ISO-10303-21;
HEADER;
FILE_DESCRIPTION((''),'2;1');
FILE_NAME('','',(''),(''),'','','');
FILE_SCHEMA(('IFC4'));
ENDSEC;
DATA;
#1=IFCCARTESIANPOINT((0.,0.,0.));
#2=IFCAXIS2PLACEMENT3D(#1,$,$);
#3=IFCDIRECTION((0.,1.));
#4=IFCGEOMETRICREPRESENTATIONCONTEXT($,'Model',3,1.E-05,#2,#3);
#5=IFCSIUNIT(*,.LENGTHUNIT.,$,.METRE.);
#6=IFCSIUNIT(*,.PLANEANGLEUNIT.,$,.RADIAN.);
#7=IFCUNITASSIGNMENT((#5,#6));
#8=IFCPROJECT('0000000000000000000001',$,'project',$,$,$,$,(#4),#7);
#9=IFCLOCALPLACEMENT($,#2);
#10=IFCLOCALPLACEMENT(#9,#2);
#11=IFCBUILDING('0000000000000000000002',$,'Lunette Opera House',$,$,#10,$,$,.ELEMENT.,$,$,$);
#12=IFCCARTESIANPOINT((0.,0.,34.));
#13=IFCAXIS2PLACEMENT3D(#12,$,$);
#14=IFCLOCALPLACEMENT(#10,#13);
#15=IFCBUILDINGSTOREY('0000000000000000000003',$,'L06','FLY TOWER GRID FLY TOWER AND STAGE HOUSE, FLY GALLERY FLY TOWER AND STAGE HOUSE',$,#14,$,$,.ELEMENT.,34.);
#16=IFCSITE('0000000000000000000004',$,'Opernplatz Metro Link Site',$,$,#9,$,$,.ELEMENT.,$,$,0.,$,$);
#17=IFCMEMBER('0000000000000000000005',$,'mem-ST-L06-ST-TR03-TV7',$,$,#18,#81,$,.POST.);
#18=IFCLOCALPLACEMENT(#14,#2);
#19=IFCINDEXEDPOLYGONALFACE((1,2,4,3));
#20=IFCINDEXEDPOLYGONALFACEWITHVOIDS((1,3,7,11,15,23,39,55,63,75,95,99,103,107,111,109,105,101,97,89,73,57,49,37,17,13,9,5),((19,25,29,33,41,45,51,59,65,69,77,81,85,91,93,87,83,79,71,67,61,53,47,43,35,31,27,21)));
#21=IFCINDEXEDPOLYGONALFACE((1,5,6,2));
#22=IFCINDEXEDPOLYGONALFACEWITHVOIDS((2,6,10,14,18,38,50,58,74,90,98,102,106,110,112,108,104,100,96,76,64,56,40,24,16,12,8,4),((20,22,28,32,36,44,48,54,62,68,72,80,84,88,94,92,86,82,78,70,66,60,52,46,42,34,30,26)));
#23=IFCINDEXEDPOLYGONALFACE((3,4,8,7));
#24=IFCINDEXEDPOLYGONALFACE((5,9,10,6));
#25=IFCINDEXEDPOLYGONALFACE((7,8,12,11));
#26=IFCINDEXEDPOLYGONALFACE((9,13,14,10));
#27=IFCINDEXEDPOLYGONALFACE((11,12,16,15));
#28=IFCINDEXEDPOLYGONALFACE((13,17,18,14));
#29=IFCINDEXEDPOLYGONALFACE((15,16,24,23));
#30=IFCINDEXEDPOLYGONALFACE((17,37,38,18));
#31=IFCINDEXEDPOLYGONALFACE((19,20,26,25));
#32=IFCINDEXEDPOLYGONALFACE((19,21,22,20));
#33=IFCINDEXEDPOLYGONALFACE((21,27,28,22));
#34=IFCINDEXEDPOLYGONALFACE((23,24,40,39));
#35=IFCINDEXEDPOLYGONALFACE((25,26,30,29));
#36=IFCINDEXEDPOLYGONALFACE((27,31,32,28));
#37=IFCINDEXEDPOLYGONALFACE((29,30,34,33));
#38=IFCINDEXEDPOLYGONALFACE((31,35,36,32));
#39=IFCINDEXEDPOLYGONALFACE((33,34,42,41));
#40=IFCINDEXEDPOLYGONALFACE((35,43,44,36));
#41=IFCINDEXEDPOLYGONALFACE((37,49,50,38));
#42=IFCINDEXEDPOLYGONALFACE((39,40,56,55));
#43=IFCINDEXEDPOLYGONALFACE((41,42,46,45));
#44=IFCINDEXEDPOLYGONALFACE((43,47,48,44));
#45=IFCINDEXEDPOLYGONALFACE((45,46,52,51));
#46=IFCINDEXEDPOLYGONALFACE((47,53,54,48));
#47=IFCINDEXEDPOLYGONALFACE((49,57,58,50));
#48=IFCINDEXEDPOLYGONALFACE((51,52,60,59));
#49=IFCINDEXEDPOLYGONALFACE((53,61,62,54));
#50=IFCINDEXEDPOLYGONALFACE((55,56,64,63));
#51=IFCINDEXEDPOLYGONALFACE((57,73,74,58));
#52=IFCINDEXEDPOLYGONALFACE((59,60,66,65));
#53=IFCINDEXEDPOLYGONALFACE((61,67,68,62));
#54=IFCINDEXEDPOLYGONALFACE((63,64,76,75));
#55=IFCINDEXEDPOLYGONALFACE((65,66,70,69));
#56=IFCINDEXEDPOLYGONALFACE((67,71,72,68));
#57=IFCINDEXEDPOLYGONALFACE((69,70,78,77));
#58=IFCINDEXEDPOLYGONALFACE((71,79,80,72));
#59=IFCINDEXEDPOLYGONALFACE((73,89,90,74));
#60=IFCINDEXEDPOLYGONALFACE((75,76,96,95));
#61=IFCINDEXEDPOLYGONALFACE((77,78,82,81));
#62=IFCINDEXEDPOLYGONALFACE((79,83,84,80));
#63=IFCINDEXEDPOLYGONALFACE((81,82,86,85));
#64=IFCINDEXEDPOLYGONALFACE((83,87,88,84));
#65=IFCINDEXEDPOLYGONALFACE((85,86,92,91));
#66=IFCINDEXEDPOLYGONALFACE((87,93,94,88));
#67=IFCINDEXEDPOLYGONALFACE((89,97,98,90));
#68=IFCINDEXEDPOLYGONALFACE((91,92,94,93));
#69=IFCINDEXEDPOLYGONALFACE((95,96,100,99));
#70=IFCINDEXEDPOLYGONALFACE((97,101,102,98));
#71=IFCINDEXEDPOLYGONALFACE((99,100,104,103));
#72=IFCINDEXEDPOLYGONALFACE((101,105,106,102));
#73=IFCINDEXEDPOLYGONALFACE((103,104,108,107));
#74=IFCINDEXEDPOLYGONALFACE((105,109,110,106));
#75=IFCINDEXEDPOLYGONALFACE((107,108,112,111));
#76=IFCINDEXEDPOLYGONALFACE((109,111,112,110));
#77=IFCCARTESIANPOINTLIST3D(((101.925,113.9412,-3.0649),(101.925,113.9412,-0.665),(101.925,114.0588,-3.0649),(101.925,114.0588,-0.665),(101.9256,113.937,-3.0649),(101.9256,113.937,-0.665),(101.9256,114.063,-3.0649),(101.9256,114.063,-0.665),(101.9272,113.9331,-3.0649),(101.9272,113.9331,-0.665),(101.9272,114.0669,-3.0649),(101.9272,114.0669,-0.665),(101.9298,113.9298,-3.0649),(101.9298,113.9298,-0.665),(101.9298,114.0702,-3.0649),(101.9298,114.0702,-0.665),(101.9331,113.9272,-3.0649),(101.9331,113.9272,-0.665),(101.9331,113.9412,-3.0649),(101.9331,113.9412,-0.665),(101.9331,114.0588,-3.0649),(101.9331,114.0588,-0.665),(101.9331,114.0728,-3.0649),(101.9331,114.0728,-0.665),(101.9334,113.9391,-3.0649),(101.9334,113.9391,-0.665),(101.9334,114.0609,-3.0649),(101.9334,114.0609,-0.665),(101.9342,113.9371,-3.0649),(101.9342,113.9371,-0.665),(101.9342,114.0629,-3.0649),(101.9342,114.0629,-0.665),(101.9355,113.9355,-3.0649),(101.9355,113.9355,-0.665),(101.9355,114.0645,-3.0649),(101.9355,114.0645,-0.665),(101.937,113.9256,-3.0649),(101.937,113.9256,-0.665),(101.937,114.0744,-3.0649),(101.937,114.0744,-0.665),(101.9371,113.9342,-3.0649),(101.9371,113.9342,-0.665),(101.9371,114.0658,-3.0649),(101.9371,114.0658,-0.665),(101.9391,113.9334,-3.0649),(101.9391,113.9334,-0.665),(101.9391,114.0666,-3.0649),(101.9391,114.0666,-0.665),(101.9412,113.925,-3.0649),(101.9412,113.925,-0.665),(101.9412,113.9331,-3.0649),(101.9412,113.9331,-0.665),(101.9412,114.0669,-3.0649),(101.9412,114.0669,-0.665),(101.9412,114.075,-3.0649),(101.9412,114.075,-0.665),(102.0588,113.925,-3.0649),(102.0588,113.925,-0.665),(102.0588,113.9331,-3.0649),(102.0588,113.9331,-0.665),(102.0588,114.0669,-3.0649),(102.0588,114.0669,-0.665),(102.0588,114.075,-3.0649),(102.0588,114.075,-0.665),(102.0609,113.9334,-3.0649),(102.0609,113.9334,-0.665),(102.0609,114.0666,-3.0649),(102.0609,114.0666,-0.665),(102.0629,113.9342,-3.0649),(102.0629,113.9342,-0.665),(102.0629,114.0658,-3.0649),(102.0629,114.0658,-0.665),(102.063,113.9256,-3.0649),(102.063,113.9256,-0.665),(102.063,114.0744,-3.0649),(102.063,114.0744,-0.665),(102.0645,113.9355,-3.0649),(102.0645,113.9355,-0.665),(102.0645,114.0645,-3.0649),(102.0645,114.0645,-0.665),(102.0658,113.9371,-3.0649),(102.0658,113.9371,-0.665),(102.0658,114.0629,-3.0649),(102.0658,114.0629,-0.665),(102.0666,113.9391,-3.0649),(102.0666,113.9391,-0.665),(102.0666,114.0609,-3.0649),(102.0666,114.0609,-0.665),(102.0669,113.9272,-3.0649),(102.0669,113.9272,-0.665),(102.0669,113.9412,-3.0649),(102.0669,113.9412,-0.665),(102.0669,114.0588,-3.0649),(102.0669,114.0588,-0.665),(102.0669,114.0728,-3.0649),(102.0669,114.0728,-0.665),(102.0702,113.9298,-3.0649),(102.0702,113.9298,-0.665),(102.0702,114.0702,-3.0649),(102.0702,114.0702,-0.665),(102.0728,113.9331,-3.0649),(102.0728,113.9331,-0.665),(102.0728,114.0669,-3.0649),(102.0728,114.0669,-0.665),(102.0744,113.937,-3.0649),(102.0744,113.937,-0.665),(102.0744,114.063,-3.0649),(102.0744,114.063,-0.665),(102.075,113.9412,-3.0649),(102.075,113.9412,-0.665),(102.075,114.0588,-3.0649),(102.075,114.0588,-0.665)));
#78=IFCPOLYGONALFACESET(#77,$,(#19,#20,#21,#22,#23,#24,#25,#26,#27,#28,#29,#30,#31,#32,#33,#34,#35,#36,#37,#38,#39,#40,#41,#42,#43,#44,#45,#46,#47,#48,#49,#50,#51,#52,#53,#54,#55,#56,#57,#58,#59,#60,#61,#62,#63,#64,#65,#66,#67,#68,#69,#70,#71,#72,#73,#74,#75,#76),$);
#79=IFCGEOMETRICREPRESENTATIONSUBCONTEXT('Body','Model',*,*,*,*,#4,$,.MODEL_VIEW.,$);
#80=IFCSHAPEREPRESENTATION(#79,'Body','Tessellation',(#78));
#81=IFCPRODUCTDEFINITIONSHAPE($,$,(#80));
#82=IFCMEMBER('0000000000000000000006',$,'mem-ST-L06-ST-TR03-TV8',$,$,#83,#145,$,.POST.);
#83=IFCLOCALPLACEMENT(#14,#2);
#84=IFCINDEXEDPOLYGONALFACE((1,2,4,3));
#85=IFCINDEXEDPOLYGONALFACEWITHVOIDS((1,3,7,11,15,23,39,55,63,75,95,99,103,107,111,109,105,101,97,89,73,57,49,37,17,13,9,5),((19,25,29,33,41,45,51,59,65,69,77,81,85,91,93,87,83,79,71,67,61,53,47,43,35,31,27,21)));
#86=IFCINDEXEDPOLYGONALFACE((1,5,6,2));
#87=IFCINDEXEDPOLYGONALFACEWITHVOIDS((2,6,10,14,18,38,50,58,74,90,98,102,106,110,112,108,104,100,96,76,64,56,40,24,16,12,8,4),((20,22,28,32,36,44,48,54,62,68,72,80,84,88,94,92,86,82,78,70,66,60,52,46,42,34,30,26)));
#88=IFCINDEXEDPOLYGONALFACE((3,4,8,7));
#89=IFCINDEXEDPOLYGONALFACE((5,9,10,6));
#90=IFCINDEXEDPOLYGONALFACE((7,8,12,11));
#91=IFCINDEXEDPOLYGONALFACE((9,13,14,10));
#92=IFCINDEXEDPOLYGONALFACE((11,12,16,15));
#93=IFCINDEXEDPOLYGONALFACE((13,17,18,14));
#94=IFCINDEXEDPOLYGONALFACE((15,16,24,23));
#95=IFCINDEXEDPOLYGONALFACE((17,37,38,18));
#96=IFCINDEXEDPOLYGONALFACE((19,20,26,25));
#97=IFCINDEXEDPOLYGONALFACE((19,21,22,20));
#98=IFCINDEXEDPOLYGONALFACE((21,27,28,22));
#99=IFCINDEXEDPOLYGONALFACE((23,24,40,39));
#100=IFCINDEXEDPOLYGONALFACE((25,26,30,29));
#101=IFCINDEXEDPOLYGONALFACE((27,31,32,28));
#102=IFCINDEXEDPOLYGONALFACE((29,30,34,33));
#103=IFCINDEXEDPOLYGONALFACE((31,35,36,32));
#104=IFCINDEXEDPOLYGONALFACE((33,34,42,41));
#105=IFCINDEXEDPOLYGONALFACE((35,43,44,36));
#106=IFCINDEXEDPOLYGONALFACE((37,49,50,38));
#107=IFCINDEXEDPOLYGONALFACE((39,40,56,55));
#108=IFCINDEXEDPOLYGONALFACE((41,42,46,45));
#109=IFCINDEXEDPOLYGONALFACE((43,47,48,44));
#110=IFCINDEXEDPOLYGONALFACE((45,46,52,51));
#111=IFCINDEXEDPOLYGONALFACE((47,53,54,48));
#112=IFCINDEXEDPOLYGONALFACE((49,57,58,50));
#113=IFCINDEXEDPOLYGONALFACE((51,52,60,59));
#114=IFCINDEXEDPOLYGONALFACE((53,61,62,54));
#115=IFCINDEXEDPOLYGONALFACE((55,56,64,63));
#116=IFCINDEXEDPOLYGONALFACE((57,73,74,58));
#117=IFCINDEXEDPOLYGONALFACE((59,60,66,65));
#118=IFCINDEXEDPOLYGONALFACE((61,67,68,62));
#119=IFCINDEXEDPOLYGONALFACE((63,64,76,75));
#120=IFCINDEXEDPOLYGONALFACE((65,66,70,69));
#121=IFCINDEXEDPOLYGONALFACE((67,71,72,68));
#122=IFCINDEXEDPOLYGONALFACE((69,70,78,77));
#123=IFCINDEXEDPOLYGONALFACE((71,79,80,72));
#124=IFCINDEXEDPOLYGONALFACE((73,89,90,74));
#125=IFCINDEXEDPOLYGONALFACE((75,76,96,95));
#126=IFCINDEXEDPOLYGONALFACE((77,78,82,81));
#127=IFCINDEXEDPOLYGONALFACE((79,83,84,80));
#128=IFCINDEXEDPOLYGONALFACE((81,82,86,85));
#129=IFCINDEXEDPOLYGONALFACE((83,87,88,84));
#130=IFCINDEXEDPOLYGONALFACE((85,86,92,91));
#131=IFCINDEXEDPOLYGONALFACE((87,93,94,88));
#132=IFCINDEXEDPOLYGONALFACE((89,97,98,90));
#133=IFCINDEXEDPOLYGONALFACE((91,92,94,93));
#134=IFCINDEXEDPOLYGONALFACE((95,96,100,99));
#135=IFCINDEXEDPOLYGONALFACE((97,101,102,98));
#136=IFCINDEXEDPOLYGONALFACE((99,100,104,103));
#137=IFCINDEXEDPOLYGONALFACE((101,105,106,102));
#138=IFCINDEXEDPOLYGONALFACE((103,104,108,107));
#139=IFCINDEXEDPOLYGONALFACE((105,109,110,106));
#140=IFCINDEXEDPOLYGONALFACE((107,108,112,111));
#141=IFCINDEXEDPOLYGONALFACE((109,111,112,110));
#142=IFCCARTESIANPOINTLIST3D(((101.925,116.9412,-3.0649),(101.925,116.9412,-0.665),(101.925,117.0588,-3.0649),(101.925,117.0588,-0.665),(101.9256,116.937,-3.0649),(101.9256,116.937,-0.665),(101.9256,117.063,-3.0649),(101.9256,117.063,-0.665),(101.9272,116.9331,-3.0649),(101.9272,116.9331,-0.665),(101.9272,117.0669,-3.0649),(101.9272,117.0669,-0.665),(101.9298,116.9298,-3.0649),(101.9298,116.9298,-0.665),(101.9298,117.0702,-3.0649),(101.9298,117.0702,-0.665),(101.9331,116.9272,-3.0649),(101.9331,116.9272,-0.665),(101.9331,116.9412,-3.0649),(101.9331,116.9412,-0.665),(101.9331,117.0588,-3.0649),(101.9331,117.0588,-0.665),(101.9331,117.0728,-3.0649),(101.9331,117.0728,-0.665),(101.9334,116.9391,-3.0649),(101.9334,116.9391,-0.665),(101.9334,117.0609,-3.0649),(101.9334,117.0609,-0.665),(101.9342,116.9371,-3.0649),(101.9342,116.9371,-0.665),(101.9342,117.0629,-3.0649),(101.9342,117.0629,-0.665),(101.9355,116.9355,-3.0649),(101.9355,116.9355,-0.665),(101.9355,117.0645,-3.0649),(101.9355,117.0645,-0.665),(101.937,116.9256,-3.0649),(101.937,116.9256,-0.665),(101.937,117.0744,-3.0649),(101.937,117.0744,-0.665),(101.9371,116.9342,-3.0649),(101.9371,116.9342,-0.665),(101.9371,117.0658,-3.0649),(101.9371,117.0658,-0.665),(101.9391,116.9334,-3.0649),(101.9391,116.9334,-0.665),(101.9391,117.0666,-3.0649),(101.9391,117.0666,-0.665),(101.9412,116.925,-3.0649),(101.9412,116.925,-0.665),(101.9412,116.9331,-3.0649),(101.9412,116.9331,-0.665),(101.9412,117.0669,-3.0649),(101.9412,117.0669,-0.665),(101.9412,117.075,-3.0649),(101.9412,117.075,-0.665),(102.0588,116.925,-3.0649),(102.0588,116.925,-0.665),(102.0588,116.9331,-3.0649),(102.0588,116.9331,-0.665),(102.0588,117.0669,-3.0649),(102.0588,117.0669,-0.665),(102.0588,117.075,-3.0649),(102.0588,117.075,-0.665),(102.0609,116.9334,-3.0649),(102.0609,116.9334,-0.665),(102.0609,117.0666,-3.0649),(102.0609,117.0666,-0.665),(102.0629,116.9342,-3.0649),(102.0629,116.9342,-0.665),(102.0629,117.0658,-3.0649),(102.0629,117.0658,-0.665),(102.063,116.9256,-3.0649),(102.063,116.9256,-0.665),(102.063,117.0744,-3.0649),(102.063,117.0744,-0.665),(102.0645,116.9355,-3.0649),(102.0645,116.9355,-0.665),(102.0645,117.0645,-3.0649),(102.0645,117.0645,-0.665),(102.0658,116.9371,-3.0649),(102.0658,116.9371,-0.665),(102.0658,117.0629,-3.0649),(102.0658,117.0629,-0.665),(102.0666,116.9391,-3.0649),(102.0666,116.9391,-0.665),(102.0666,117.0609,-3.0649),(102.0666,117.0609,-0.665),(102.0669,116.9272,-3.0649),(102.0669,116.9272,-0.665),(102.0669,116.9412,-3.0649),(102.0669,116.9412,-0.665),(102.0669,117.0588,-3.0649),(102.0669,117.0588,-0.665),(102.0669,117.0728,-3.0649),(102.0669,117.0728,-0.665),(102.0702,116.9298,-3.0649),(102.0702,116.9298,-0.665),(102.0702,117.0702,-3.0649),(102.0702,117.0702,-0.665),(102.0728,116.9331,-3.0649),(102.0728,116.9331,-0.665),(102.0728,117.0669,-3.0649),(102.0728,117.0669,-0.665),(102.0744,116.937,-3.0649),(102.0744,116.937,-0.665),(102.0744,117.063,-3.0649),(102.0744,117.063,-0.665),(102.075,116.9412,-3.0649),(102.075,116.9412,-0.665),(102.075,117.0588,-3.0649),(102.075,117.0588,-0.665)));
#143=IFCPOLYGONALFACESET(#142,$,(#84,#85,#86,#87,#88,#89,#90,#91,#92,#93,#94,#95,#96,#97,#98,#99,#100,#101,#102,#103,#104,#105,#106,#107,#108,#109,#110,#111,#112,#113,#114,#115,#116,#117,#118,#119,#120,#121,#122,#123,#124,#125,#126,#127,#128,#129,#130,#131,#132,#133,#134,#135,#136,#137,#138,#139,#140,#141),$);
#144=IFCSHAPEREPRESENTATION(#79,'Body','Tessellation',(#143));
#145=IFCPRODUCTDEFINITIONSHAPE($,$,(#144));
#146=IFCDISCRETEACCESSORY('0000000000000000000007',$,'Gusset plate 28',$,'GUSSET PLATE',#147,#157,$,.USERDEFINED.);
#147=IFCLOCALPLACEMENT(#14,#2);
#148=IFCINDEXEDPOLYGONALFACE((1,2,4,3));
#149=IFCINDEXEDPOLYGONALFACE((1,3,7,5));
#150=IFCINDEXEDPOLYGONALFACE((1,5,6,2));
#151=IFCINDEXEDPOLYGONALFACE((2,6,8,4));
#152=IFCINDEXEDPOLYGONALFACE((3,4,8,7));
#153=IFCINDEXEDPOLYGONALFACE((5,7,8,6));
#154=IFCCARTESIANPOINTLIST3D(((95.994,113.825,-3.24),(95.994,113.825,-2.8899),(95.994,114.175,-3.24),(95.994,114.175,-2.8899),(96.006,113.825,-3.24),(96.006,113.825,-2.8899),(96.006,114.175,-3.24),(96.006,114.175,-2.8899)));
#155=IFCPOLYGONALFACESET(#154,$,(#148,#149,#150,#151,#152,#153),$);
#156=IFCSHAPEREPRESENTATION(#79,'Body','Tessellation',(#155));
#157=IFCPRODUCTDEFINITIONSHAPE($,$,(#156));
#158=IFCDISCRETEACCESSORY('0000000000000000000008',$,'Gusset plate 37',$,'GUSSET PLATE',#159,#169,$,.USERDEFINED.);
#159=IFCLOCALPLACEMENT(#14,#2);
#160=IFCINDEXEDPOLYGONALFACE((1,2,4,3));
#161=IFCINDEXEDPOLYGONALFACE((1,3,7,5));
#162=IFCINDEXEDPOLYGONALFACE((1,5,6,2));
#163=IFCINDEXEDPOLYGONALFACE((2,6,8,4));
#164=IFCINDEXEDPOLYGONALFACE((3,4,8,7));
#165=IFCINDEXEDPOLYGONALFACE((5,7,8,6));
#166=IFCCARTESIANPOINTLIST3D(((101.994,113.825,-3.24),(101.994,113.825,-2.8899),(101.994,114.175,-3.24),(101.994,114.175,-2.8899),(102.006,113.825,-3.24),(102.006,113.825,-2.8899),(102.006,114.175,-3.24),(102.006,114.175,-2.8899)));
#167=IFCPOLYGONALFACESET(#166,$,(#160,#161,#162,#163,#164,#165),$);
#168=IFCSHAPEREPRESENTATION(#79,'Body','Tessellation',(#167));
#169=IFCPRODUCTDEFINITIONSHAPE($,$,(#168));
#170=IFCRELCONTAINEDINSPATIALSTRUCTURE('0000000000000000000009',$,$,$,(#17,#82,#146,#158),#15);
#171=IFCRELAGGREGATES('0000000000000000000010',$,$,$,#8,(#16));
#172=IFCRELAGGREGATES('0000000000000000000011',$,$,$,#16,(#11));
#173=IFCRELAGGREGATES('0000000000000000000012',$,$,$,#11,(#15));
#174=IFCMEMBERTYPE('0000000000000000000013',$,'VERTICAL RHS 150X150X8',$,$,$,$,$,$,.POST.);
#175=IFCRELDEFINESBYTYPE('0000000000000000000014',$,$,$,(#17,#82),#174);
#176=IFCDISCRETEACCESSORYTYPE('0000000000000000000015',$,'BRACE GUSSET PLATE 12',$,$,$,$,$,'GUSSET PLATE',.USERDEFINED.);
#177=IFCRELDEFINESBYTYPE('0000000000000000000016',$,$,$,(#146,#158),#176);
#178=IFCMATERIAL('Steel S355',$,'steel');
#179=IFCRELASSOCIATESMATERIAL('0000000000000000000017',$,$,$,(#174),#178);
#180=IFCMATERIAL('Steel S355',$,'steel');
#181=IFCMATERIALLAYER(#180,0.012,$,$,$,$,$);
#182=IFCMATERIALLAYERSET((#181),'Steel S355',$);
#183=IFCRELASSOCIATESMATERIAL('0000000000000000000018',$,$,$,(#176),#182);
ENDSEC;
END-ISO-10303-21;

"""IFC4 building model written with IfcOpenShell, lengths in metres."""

from ifc_helpers import new_model, si_unit, direction, frame, origin, origin_2d, place, context, subcontext, project, spatial, rectangle, hollow_rectangle, extrude, material, layer, layer_set, material_profile, profile_set, type_object, element, save


model = new_model("IFC4")

# Units and contexts
model_context = context("Model", 3, precision=1e-05, world=origin(), true_north=direction((0.0, 1.0)))
body_context = subcontext(model_context, "Body", "Model", "MODEL_VIEW")
ifc_project = project(units=[si_unit("LENGTHUNIT", "METRE"), si_unit("PLANEANGLEUNIT", "RADIAN")], contexts=[model_context])

# Site, building, storey
site_placement = place(None, origin())
site = spatial("IfcSite", under=ifc_project, at=site_placement, Name="Opernplatz Metro Link Site", CompositionType="ELEMENT", RefElevation=0.0)
building_placement = place(site_placement, origin())
building = spatial("IfcBuilding", under=site, at=building_placement, Name="Lunette Opera House", CompositionType="ELEMENT")
storey_placement = place(building_placement, frame((0.0, 0.0, 34.0)))
storey = spatial("IfcBuildingStorey", under=building, at=storey_placement, Name="L06", Description="FLY TOWER GRID FLY TOWER AND STAGE HOUSE, FLY GALLERY FLY TOWER AND STAGE HOUSE", CompositionType="ELEMENT", Elevation=34.0)

# Members
ifc_material_1 = material(Name="Steel S355", Category="steel")
ifc_material_profile_1 = material_profile(ifc_material_1, hollow_rectangle(XDim=0.1499, YDim=0.1499, WallThickness=0.0081, InnerFilletRadius=0.0081, OuterFilletRadius=0.0161, at=origin_2d()), Name="RHS 150X150X8")
ifc_profile_set_1 = profile_set([ifc_material_profile_1], Name="Steel S355")
member_type_1 = type_object("IfcMemberType", Name="VERTICAL RHS 150X150X8", PredefinedType="POST", material=ifc_profile_set_1)
for number, where, z_axis, x_axis, name in (
    (1, (102.0, 114.0, -3.0649), (0.0, 0.0, 1.0), (1.0, 0.0, 0.0), "mem-ST-L06-ST-TR03-TV7"),
    (2, (102.0, 117.0, -3.0649), (0.0, 0.0, 1.0), (1.0, 0.0, 0.0), "mem-ST-L06-ST-TR03-TV8"),
):
    element("IfcMember", number, at=place(storey_placement, frame(where, z_axis=z_axis, x_axis=x_axis)), inside=storey, type_object=member_type_1, Name=name, PredefinedType="POST", context=body_context, shape_type="SweptSolid", body=[
        extrude(hollow_rectangle(XDim=0.1499, YDim=0.1499, WallThickness=0.0081, InnerFilletRadius=0.0081, OuterFilletRadius=0.0161, at=origin_2d()), origin(), (0.0, 0.0, 1.0), 2.3999),
    ])

# Discrete accessories
ifc_material_2 = material(Name="Steel S355", Category="steel")
ifc_layer = layer(ifc_material_2, 0.012)
ifc_layer_set = layer_set([ifc_layer], Name="Steel S355")
discrete_accessory_type = type_object("IfcDiscreteAccessoryType", Name="BRACE GUSSET PLATE 12", ElementType="GUSSET PLATE", PredefinedType="USERDEFINED", material=ifc_layer_set)
for number, where, z_axis, x_axis, name in (
    (3, (96.0, 114.0, -3.24), (0.0, 0.0, 1.0), (0.0, 1.0, 0.0), "Gusset plate 28"),
    (4, (102.0, 114.0, -3.24), (0.0, 0.0, 1.0), (0.0, 1.0, 0.0), "Gusset plate 37"),
):
    element("IfcDiscreteAccessory", number, at=place(storey_placement, frame(where, z_axis=z_axis, x_axis=x_axis)), inside=storey, type_object=discrete_accessory_type, Name=name, ObjectType="GUSSET PLATE", PredefinedType="USERDEFINED", context=body_context, shape_type="SweptSolid", body=[
        extrude(rectangle(XDim=0.3501, YDim=0.012, at=origin_2d()), origin(), (0.0, 0.0, 1.0), 0.3501),
    ])

save(model, "model.ifc")
